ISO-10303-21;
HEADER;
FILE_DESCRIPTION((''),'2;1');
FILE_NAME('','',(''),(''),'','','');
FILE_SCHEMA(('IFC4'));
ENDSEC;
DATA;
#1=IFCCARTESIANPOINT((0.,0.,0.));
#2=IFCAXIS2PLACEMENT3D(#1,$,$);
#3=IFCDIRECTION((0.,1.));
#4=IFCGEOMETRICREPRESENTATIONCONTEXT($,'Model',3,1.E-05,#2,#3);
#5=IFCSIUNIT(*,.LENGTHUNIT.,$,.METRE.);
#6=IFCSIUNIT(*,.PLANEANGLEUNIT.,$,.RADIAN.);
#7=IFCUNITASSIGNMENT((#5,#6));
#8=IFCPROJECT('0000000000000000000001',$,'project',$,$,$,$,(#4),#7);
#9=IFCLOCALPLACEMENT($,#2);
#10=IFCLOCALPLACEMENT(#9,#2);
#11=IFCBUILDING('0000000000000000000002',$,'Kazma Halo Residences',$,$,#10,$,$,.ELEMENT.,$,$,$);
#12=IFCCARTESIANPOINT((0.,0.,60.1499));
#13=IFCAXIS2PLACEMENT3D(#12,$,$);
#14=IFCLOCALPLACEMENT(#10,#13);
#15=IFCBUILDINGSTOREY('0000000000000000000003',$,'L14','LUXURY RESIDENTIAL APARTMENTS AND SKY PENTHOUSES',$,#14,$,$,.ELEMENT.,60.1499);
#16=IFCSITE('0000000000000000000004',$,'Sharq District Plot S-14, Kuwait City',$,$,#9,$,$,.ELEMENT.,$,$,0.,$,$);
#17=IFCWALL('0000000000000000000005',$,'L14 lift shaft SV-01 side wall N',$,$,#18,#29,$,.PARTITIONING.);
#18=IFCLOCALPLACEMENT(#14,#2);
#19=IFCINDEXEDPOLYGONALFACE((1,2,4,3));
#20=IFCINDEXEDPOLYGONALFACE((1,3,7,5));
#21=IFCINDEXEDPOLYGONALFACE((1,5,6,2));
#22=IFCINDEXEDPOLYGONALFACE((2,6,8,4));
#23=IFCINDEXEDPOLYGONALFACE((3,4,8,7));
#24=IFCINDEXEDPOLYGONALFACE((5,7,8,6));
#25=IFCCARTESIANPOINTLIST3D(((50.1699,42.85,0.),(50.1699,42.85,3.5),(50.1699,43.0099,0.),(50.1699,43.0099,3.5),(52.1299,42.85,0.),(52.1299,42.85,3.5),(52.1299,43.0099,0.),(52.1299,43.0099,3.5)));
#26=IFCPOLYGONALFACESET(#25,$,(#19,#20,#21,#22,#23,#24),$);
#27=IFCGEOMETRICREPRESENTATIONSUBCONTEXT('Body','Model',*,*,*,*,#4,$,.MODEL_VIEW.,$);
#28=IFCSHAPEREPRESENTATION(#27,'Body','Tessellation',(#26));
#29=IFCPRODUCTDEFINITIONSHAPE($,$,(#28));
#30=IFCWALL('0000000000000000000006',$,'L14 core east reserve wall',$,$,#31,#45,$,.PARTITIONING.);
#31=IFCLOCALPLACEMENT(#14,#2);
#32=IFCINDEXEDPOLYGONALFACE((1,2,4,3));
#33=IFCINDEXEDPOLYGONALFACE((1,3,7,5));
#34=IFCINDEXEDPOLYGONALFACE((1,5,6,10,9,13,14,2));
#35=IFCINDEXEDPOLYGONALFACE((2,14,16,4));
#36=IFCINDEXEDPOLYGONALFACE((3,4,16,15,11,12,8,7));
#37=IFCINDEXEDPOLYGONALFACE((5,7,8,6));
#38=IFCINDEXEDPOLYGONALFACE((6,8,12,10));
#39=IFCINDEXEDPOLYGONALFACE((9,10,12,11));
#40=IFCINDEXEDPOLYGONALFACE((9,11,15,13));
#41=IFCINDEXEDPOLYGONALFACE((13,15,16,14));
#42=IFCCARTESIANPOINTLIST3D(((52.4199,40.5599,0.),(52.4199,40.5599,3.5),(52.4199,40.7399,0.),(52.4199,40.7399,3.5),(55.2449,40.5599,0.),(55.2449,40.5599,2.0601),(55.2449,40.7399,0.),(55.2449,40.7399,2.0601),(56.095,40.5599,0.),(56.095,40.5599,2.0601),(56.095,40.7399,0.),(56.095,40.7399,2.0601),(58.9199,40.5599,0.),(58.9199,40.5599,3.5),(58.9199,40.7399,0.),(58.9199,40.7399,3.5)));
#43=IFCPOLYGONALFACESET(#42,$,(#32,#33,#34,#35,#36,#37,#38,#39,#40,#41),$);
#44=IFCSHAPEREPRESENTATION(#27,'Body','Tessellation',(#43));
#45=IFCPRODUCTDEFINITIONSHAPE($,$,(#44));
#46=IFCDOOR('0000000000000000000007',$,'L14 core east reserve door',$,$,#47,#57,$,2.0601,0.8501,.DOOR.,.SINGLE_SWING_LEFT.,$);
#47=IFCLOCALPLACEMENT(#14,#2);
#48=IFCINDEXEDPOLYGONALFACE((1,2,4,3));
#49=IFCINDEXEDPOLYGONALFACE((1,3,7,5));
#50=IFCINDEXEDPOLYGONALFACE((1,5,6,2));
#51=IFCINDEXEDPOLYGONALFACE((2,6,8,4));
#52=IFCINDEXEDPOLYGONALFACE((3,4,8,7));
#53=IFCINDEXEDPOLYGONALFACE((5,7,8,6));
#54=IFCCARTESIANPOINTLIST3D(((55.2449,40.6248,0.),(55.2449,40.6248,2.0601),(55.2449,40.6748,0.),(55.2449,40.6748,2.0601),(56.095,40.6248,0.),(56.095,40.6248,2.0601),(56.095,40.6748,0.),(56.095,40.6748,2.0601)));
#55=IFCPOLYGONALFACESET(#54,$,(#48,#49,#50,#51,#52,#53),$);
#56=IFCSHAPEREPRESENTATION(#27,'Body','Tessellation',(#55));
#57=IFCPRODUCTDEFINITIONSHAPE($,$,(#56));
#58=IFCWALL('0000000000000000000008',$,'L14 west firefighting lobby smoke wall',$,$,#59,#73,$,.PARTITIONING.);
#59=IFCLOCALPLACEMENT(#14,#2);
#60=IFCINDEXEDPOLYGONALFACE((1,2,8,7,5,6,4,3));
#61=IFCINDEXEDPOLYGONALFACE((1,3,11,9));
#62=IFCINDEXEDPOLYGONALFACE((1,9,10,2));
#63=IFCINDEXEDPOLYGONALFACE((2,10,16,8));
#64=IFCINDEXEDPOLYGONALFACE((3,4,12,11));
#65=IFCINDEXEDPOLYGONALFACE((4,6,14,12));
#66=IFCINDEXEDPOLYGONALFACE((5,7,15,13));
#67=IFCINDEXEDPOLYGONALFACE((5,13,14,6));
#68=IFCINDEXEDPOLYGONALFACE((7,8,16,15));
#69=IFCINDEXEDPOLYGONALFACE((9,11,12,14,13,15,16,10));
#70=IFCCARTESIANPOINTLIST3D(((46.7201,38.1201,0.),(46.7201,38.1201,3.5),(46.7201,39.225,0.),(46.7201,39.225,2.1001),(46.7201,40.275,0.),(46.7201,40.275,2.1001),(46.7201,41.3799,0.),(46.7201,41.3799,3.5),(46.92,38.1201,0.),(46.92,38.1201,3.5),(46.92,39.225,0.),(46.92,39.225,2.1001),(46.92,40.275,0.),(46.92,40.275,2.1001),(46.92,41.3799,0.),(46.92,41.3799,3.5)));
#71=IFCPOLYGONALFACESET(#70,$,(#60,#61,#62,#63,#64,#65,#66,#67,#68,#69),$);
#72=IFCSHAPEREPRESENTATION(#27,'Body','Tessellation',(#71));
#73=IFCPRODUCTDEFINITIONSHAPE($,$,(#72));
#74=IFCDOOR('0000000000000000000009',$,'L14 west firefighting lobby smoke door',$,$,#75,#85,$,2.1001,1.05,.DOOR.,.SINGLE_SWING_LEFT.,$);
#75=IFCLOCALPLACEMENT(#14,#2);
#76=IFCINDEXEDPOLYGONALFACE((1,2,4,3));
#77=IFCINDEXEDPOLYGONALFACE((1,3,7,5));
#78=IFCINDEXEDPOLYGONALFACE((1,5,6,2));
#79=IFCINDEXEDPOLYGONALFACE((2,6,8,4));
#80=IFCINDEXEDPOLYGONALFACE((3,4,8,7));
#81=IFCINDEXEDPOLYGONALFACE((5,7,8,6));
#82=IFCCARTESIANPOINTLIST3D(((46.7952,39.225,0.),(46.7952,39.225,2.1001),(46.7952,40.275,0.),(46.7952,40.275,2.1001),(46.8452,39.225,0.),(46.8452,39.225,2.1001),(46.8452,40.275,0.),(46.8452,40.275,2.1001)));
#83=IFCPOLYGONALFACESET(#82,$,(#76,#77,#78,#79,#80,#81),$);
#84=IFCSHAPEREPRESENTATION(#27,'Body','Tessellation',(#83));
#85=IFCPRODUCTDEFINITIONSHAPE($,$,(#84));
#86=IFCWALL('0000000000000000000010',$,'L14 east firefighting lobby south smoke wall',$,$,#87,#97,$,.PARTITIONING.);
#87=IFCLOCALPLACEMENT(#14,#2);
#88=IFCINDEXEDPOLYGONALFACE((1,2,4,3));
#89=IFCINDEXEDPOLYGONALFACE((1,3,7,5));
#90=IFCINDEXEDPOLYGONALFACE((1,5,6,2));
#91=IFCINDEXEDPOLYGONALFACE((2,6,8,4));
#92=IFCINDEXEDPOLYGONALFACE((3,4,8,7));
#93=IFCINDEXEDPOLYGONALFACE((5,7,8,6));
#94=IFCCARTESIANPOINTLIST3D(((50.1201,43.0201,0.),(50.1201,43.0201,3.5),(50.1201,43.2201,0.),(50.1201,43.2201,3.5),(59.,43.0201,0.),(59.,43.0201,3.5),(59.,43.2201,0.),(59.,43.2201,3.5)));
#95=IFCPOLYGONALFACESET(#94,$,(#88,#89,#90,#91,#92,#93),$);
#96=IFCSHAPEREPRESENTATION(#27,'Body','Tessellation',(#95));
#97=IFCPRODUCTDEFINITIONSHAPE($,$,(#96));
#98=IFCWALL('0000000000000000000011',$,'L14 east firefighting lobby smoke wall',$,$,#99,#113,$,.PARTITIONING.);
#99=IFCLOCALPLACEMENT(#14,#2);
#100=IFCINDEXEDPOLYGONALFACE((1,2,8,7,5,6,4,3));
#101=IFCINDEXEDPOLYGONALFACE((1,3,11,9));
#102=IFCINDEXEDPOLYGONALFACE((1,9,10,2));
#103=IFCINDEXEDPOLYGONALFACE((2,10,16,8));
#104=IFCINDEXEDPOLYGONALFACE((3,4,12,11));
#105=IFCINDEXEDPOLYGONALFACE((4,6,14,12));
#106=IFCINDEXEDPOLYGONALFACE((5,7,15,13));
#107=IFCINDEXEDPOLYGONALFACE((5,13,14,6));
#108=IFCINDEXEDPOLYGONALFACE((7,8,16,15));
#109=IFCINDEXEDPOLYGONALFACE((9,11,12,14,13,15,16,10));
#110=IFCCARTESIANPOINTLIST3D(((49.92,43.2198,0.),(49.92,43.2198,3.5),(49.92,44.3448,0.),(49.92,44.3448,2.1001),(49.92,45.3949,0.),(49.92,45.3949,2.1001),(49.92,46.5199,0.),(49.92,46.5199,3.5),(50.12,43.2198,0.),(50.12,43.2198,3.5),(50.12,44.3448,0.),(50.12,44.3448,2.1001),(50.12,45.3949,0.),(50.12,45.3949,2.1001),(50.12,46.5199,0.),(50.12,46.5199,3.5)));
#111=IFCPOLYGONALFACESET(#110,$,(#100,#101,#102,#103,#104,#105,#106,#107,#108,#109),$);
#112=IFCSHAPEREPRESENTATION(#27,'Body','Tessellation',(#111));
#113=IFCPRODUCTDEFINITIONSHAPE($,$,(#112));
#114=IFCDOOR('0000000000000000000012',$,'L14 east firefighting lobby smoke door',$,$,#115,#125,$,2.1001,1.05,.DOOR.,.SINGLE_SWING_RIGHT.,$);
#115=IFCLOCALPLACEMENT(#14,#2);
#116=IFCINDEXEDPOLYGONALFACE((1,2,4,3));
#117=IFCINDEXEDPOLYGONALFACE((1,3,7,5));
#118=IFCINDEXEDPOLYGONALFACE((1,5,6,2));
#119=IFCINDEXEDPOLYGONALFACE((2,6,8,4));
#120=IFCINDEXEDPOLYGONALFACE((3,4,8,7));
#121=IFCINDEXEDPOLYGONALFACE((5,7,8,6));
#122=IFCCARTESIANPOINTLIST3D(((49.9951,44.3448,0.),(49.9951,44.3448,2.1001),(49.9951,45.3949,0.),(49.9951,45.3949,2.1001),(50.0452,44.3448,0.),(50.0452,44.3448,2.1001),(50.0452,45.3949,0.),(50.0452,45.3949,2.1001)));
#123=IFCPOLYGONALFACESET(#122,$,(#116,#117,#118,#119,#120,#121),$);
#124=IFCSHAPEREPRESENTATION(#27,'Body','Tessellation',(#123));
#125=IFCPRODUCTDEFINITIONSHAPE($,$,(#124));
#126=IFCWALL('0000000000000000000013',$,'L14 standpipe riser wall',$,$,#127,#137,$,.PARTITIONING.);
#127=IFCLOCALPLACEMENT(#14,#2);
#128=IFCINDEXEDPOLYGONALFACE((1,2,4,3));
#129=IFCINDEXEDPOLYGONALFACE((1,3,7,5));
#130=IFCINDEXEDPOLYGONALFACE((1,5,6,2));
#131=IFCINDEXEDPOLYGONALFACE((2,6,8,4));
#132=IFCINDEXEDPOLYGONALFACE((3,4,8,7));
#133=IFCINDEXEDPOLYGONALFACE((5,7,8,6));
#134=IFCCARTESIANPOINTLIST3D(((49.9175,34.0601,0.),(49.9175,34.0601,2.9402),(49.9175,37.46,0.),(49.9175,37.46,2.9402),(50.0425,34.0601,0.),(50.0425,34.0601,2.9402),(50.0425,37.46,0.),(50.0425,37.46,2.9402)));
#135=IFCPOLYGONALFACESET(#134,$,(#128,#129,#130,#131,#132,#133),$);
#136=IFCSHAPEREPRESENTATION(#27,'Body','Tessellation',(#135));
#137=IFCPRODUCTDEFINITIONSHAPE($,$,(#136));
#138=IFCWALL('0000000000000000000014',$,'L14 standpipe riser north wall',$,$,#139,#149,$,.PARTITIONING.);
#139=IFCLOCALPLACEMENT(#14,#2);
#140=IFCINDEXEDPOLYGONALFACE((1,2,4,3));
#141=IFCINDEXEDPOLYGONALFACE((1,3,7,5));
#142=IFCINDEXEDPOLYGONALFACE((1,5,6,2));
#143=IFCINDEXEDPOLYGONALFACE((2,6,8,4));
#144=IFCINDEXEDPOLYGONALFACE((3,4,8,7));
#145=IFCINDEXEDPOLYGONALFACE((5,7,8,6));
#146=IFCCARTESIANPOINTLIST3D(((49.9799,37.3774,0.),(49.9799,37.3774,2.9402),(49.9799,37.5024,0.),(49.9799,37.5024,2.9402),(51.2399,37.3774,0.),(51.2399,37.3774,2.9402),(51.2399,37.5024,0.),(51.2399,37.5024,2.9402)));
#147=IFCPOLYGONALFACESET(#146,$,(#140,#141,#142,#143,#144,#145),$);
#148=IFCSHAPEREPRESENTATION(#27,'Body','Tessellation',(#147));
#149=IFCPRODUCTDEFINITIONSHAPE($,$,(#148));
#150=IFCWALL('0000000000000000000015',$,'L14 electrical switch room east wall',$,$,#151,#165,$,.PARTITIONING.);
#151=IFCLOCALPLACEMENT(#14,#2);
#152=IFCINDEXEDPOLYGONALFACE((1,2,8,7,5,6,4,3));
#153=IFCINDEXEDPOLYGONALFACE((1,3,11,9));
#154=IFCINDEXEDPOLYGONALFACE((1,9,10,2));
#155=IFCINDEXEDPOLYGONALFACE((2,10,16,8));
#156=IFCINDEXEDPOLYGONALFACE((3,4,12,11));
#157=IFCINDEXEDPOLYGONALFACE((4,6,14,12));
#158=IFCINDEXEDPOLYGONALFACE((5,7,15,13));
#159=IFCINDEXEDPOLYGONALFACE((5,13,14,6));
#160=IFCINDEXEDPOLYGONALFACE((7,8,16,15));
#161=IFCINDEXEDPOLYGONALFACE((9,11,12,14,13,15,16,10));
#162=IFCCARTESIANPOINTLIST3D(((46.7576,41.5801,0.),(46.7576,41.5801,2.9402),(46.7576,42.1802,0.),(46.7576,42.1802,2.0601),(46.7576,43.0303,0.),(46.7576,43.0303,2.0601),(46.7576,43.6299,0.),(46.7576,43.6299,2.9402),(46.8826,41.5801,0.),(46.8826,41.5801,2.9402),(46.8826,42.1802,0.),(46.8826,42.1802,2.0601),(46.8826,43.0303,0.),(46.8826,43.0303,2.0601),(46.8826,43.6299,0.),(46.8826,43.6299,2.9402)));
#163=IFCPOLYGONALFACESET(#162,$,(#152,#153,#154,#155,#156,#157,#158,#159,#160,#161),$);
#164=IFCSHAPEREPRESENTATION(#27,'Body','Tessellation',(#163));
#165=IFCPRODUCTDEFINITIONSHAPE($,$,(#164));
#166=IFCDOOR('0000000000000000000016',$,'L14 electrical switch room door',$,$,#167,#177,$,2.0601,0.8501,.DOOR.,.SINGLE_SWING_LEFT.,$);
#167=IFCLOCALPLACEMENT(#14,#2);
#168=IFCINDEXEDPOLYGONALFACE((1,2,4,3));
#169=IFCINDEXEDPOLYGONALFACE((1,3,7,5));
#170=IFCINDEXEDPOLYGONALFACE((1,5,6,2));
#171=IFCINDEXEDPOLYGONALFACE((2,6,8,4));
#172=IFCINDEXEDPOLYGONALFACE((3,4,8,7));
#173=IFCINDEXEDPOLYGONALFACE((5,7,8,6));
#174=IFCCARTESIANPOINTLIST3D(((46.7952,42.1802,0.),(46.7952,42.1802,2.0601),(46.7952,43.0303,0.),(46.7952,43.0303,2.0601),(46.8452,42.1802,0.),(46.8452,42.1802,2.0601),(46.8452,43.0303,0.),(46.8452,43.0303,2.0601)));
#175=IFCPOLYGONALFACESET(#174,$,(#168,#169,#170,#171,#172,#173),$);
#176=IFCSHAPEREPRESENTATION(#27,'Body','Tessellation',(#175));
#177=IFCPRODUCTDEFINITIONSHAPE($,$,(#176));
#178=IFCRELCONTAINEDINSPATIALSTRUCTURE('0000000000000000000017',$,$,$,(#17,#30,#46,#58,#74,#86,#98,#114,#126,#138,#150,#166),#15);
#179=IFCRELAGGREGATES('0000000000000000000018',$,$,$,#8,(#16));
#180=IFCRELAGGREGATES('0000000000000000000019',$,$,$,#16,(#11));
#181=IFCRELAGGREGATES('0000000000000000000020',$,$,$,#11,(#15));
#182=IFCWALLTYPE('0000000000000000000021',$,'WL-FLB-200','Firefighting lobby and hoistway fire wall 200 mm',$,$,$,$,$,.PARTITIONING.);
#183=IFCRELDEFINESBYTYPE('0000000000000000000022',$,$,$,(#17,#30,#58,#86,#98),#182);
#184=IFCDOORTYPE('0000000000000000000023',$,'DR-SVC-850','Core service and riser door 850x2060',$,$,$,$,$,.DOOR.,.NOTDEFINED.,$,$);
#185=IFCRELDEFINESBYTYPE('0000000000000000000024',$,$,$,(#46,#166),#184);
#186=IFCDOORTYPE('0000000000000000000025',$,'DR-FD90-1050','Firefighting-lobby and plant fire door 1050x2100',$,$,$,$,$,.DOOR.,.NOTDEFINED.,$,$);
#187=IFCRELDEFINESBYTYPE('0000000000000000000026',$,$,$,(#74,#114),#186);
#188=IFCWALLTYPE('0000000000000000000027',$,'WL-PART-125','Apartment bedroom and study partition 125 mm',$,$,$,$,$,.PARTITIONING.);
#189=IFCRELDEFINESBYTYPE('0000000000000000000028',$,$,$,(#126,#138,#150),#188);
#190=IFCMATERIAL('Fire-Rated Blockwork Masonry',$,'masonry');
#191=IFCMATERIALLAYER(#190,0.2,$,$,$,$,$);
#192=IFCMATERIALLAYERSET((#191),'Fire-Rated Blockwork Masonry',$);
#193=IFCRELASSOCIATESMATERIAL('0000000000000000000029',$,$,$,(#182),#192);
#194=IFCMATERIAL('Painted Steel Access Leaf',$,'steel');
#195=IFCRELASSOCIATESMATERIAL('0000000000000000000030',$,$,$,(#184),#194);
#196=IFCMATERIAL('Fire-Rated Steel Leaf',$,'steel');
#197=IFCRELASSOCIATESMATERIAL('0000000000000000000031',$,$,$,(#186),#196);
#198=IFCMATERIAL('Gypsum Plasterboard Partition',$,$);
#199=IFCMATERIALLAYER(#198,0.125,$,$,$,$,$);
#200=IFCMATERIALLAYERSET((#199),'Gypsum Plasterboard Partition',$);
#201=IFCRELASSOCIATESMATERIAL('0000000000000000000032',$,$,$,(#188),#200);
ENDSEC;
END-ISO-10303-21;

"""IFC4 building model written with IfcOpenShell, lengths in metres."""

from ifc_helpers import new_model, si_unit, direction, frame, frame_2d, origin, place, context, subcontext, project, spatial, rectangle, extrude, material, layer, layer_set, type_object, element, fill, save


model = new_model("IFC4")

# Units and contexts
model_context = context("Model", 3, precision=1e-05, world=origin(), true_north=direction((0.0, 1.0)))
body_context = subcontext(model_context, "Body", "Model", "MODEL_VIEW")
ifc_project = project(units=[si_unit("LENGTHUNIT", "METRE"), si_unit("PLANEANGLEUNIT", "RADIAN")], contexts=[model_context])

# Site, building, storey
site_placement = place(None, origin())
site = spatial("IfcSite", under=ifc_project, at=site_placement, Name="Sharq District Plot S-14, Kuwait City", CompositionType="ELEMENT", RefElevation=0.0)
building_placement = place(site_placement, origin())
building = spatial("IfcBuilding", under=site, at=building_placement, Name="Kazma Halo Residences", CompositionType="ELEMENT")
storey_placement = place(building_placement, frame((0.0, 0.0, 60.1499)))
storey = spatial("IfcBuildingStorey", under=building, at=storey_placement, Name="L14", Description="LUXURY RESIDENTIAL APARTMENTS AND SKY PENTHOUSES", CompositionType="ELEMENT", Elevation=60.1499)

# Shared definitions
ifc_material_1 = material(Name="Fire-Rated Blockwork Masonry", Category="masonry")
ifc_layer_1 = layer(ifc_material_1, 0.2)
ifc_layer_set_1 = layer_set([ifc_layer_1], Name="Fire-Rated Blockwork Masonry")
wall_type_1 = type_object("IfcWallType", Name="WL-FLB-200", Description="Firefighting lobby and hoistway fire wall 200 mm", PredefinedType="PARTITIONING", material=ifc_layer_set_1)

# Wall
wall_1_placement = place(storey_placement, frame((50.1699, 42.9299, 0.0), z_axis=(0.0, 0.0, 1.0), x_axis=(1.0, 0.0, 0.0)))
element("IfcWall", 1, at=wall_1_placement, inside=storey, type_object=wall_type_1, Name="L14 lift shaft SV-01 side wall N", PredefinedType="PARTITIONING", context=body_context, shape_type="SweptSolid", body=[
    extrude(rectangle(XDim=1.96, YDim=0.1599, at=frame_2d((0.98, 0.0))), origin(), (0.0, 0.0, 1.0), 3.5),
])

# Walls, openings, doors
wall_2_placement = place(storey_placement, frame((52.4199, 40.6499, 0.0), z_axis=(0.0, 0.0, 1.0), x_axis=(1.0, 0.0, 0.0)))
wall_2 = element("IfcWall", 2, at=wall_2_placement, inside=storey, type_object=wall_type_1, Name="L14 core east reserve wall", PredefinedType="PARTITIONING", context=body_context, shape_type="SweptSolid", body=[
    extrude(rectangle(XDim=6.5, YDim=0.1799, at=frame_2d((3.25, 0.0))), origin(), (0.0, 0.0, 1.0), 3.5),
])
opening_1_placement = place(wall_2_placement, frame((2.825, 0.0, 0.0)))
opening_1 = element("IfcOpeningElement", 3, at=opening_1_placement, cuts=wall_2, PredefinedType="OPENING", context=body_context, shape_type="SweptSolid", body=[
    extrude(rectangle(XDim=0.8501, YDim=2.0601, at=frame_2d((0.425, 1.03))), frame((0.0, 0.0999, 0.0), z_axis=(0.0, -1.0, 0.0), x_axis=(1.0, 0.0, 0.0)), (0.0, 0.0, 1.0), 0.2),
])
ifc_material_2 = material(Name="Painted Steel Access Leaf", Category="steel")
door_type_1 = type_object("IfcDoorType", Name="DR-SVC-850", Description="Core service and riser door 850x2060", OperationType="NOTDEFINED", PredefinedType="DOOR", material=ifc_material_2)
door_1_placement = place(opening_1_placement, origin())
door_1 = element("IfcDoor", 4, at=door_1_placement, inside=storey, type_object=door_type_1, Name="L14 core east reserve door", OperationType="SINGLE_SWING_LEFT", OverallHeight=2.0601, OverallWidth=0.8501, PredefinedType="DOOR", context=body_context, shape_type="SweptSolid", body=[
    extrude(rectangle(XDim=0.8501, YDim=2.0601, at=frame_2d((0.425, 1.03))), frame((0.0, 0.0249, 0.0), z_axis=(0.0, -1.0, 0.0), x_axis=(1.0, 0.0, 0.0)), (0.0, 0.0, 1.0), 0.05),
])
fill(opening_1, door_1)
wall_3_placement = place(storey_placement, frame((46.8201, 38.1201, 0.0), z_axis=(0.0, 0.0, 1.0), x_axis=(0.0, 1.0, 0.0)))
wall_3 = element("IfcWall", 5, at=wall_3_placement, inside=storey, type_object=wall_type_1, Name="L14 west firefighting lobby smoke wall", PredefinedType="PARTITIONING", context=body_context, shape_type="SweptSolid", body=[
    extrude(rectangle(XDim=3.2598, YDim=0.2, at=frame_2d((1.6299, 0.0))), origin(), (0.0, 0.0, 1.0), 3.5),
])
opening_2_placement = place(wall_3_placement, frame((1.105, 0.0, 0.0)))
opening_2 = element("IfcOpeningElement", 6, at=opening_2_placement, cuts=wall_3, PredefinedType="OPENING", context=body_context, shape_type="SweptSolid", body=[
    extrude(rectangle(XDim=1.05, YDim=2.1001, at=frame_2d((0.5249, 1.05))), frame((0.0, 0.1099, 0.0), z_axis=(0.0, -1.0, 0.0), x_axis=(1.0, 0.0, 0.0)), (0.0, 0.0, 1.0), 0.22),
])
ifc_material_3 = material(Name="Fire-Rated Steel Leaf", Category="steel")
door_type_2 = type_object("IfcDoorType", Name="DR-FD90-1050", Description="Firefighting-lobby and plant fire door 1050x2100", OperationType="NOTDEFINED", PredefinedType="DOOR", material=ifc_material_3)
door_2_placement = place(opening_2_placement, origin())
door_2 = element("IfcDoor", 7, at=door_2_placement, inside=storey, type_object=door_type_2, Name="L14 west firefighting lobby smoke door", OperationType="SINGLE_SWING_LEFT", OverallHeight=2.1001, OverallWidth=1.05, PredefinedType="DOOR", context=body_context, shape_type="SweptSolid", body=[
    extrude(rectangle(XDim=1.05, YDim=2.1001, at=frame_2d((0.5249, 1.05))), frame((0.0, 0.0249, 0.0), z_axis=(0.0, -1.0, 0.0), x_axis=(1.0, 0.0, 0.0)), (0.0, 0.0, 1.0), 0.05),
])
fill(opening_2, door_2)

# Wall
wall_4_placement = place(storey_placement, frame((50.1201, 43.1201, 0.0), z_axis=(0.0, 0.0, 1.0), x_axis=(1.0, 0.0, 0.0)))
element("IfcWall", 8, at=wall_4_placement, inside=storey, type_object=wall_type_1, Name="L14 east firefighting lobby south smoke wall", PredefinedType="PARTITIONING", context=body_context, shape_type="SweptSolid", body=[
    extrude(rectangle(XDim=8.8799, YDim=0.2, at=frame_2d((4.4399, 0.0))), origin(), (0.0, 0.0, 1.0), 3.5),
])

# Wall, opening, door
wall_5_placement = place(storey_placement, frame((50.02, 43.22, 0.0), z_axis=(0.0, 0.0, 1.0), x_axis=(0.0, 1.0, 0.0)))
wall_5 = element("IfcWall", 9, at=wall_5_placement, inside=storey, type_object=wall_type_1, Name="L14 east firefighting lobby smoke wall", PredefinedType="PARTITIONING", context=body_context, shape_type="SweptSolid", body=[
    extrude(rectangle(XDim=3.3, YDim=0.2, at=frame_2d((1.6499, 0.0))), origin(), (0.0, 0.0, 1.0), 3.5),
])
opening_3_placement = place(wall_5_placement, frame((1.125, 0.0, 0.0)))
opening_3 = element("IfcOpeningElement", 10, at=opening_3_placement, cuts=wall_5, PredefinedType="OPENING", context=body_context, shape_type="SweptSolid", body=[
    extrude(rectangle(XDim=1.05, YDim=2.1001, at=frame_2d((0.5249, 1.05))), frame((0.0, 0.1099, 0.0), z_axis=(0.0, -1.0, 0.0), x_axis=(1.0, 0.0, 0.0)), (0.0, 0.0, 1.0), 0.22),
])
door_3_placement = place(opening_3_placement, origin())
door_3 = element("IfcDoor", 11, at=door_3_placement, inside=storey, type_object=door_type_2, Name="L14 east firefighting lobby smoke door", OperationType="SINGLE_SWING_RIGHT", OverallHeight=2.1001, OverallWidth=1.05, PredefinedType="DOOR", context=body_context, shape_type="SweptSolid", body=[
    extrude(rectangle(XDim=1.05, YDim=2.1001, at=frame_2d((0.5249, 1.05))), frame((0.0, 0.0249, 0.0), z_axis=(0.0, -1.0, 0.0), x_axis=(1.0, 0.0, 0.0)), (0.0, 0.0, 1.0), 0.05),
])
fill(opening_3, door_3)

# Walls
ifc_material_4 = material(Name="Gypsum Plasterboard Partition")
ifc_layer_2 = layer(ifc_material_4, 0.125)
ifc_layer_set_2 = layer_set([ifc_layer_2], Name="Gypsum Plasterboard Partition")
wall_type_2 = type_object("IfcWallType", Name="WL-PART-125", Description="Apartment bedroom and study partition 125 mm", PredefinedType="PARTITIONING", material=ifc_layer_set_2)
wall_6_placement = place(storey_placement, frame((49.98, 34.0601, 0.0), z_axis=(0.0, 0.0, 1.0), x_axis=(0.0, 1.0, 0.0)))
element("IfcWall", 12, at=wall_6_placement, inside=storey, type_object=wall_type_2, Name="L14 standpipe riser wall", PredefinedType="PARTITIONING", context=body_context, shape_type="SweptSolid", body=[
    extrude(rectangle(XDim=3.3999, YDim=0.125, at=frame_2d((1.7, 0.0))), origin(), (0.0, 0.0, 1.0), 2.9402),
])
wall_7_placement = place(storey_placement, frame((49.98, 37.4399, 0.0), z_axis=(0.0, 0.0, 1.0), x_axis=(1.0, 0.0, 0.0)))
element("IfcWall", 13, at=wall_7_placement, inside=storey, type_object=wall_type_2, Name="L14 standpipe riser north wall", PredefinedType="PARTITIONING", context=body_context, shape_type="SweptSolid", body=[
    extrude(rectangle(XDim=1.26, YDim=0.125, at=frame_2d((0.6299, 0.0))), origin(), (0.0, 0.0, 1.0), 2.9402),
])

# Wall, opening, door
wall_8_placement = place(storey_placement, frame((46.8201, 41.5801, 0.0), z_axis=(0.0, 0.0, 1.0), x_axis=(0.0, 1.0, 0.0)))
wall_8 = element("IfcWall", 14, at=wall_8_placement, inside=storey, type_object=wall_type_2, Name="L14 electrical switch room east wall", PredefinedType="PARTITIONING", context=body_context, shape_type="SweptSolid", body=[
    extrude(rectangle(XDim=2.0498, YDim=0.125, at=frame_2d((1.0249, 0.0))), origin(), (0.0, 0.0, 1.0), 2.9402),
])
opening_4_placement = place(wall_8_placement, frame((0.6001, 0.0, 0.0)))
opening_4 = element("IfcOpeningElement", 15, at=opening_4_placement, cuts=wall_8, PredefinedType="OPENING", context=body_context, shape_type="SweptSolid", body=[
    extrude(rectangle(XDim=0.8501, YDim=2.0601, at=frame_2d((0.425, 1.03))), frame((0.0, 0.0725, 0.0), z_axis=(0.0, -1.0, 0.0), x_axis=(1.0, 0.0, 0.0)), (0.0, 0.0, 1.0), 0.145),
])
door_4_placement = place(opening_4_placement, origin())
door_4 = element("IfcDoor", 16, at=door_4_placement, inside=storey, type_object=door_type_1, Name="L14 electrical switch room door", OperationType="SINGLE_SWING_LEFT", OverallHeight=2.0601, OverallWidth=0.8501, PredefinedType="DOOR", context=body_context, shape_type="SweptSolid", body=[
    extrude(rectangle(XDim=0.8501, YDim=2.0601, at=frame_2d((0.425, 1.03))), frame((0.0, 0.0249, 0.0), z_axis=(0.0, -1.0, 0.0), x_axis=(1.0, 0.0, 0.0)), (0.0, 0.0, 1.0), 0.05),
])
fill(opening_4, door_4)

save(model, "model.ifc")
